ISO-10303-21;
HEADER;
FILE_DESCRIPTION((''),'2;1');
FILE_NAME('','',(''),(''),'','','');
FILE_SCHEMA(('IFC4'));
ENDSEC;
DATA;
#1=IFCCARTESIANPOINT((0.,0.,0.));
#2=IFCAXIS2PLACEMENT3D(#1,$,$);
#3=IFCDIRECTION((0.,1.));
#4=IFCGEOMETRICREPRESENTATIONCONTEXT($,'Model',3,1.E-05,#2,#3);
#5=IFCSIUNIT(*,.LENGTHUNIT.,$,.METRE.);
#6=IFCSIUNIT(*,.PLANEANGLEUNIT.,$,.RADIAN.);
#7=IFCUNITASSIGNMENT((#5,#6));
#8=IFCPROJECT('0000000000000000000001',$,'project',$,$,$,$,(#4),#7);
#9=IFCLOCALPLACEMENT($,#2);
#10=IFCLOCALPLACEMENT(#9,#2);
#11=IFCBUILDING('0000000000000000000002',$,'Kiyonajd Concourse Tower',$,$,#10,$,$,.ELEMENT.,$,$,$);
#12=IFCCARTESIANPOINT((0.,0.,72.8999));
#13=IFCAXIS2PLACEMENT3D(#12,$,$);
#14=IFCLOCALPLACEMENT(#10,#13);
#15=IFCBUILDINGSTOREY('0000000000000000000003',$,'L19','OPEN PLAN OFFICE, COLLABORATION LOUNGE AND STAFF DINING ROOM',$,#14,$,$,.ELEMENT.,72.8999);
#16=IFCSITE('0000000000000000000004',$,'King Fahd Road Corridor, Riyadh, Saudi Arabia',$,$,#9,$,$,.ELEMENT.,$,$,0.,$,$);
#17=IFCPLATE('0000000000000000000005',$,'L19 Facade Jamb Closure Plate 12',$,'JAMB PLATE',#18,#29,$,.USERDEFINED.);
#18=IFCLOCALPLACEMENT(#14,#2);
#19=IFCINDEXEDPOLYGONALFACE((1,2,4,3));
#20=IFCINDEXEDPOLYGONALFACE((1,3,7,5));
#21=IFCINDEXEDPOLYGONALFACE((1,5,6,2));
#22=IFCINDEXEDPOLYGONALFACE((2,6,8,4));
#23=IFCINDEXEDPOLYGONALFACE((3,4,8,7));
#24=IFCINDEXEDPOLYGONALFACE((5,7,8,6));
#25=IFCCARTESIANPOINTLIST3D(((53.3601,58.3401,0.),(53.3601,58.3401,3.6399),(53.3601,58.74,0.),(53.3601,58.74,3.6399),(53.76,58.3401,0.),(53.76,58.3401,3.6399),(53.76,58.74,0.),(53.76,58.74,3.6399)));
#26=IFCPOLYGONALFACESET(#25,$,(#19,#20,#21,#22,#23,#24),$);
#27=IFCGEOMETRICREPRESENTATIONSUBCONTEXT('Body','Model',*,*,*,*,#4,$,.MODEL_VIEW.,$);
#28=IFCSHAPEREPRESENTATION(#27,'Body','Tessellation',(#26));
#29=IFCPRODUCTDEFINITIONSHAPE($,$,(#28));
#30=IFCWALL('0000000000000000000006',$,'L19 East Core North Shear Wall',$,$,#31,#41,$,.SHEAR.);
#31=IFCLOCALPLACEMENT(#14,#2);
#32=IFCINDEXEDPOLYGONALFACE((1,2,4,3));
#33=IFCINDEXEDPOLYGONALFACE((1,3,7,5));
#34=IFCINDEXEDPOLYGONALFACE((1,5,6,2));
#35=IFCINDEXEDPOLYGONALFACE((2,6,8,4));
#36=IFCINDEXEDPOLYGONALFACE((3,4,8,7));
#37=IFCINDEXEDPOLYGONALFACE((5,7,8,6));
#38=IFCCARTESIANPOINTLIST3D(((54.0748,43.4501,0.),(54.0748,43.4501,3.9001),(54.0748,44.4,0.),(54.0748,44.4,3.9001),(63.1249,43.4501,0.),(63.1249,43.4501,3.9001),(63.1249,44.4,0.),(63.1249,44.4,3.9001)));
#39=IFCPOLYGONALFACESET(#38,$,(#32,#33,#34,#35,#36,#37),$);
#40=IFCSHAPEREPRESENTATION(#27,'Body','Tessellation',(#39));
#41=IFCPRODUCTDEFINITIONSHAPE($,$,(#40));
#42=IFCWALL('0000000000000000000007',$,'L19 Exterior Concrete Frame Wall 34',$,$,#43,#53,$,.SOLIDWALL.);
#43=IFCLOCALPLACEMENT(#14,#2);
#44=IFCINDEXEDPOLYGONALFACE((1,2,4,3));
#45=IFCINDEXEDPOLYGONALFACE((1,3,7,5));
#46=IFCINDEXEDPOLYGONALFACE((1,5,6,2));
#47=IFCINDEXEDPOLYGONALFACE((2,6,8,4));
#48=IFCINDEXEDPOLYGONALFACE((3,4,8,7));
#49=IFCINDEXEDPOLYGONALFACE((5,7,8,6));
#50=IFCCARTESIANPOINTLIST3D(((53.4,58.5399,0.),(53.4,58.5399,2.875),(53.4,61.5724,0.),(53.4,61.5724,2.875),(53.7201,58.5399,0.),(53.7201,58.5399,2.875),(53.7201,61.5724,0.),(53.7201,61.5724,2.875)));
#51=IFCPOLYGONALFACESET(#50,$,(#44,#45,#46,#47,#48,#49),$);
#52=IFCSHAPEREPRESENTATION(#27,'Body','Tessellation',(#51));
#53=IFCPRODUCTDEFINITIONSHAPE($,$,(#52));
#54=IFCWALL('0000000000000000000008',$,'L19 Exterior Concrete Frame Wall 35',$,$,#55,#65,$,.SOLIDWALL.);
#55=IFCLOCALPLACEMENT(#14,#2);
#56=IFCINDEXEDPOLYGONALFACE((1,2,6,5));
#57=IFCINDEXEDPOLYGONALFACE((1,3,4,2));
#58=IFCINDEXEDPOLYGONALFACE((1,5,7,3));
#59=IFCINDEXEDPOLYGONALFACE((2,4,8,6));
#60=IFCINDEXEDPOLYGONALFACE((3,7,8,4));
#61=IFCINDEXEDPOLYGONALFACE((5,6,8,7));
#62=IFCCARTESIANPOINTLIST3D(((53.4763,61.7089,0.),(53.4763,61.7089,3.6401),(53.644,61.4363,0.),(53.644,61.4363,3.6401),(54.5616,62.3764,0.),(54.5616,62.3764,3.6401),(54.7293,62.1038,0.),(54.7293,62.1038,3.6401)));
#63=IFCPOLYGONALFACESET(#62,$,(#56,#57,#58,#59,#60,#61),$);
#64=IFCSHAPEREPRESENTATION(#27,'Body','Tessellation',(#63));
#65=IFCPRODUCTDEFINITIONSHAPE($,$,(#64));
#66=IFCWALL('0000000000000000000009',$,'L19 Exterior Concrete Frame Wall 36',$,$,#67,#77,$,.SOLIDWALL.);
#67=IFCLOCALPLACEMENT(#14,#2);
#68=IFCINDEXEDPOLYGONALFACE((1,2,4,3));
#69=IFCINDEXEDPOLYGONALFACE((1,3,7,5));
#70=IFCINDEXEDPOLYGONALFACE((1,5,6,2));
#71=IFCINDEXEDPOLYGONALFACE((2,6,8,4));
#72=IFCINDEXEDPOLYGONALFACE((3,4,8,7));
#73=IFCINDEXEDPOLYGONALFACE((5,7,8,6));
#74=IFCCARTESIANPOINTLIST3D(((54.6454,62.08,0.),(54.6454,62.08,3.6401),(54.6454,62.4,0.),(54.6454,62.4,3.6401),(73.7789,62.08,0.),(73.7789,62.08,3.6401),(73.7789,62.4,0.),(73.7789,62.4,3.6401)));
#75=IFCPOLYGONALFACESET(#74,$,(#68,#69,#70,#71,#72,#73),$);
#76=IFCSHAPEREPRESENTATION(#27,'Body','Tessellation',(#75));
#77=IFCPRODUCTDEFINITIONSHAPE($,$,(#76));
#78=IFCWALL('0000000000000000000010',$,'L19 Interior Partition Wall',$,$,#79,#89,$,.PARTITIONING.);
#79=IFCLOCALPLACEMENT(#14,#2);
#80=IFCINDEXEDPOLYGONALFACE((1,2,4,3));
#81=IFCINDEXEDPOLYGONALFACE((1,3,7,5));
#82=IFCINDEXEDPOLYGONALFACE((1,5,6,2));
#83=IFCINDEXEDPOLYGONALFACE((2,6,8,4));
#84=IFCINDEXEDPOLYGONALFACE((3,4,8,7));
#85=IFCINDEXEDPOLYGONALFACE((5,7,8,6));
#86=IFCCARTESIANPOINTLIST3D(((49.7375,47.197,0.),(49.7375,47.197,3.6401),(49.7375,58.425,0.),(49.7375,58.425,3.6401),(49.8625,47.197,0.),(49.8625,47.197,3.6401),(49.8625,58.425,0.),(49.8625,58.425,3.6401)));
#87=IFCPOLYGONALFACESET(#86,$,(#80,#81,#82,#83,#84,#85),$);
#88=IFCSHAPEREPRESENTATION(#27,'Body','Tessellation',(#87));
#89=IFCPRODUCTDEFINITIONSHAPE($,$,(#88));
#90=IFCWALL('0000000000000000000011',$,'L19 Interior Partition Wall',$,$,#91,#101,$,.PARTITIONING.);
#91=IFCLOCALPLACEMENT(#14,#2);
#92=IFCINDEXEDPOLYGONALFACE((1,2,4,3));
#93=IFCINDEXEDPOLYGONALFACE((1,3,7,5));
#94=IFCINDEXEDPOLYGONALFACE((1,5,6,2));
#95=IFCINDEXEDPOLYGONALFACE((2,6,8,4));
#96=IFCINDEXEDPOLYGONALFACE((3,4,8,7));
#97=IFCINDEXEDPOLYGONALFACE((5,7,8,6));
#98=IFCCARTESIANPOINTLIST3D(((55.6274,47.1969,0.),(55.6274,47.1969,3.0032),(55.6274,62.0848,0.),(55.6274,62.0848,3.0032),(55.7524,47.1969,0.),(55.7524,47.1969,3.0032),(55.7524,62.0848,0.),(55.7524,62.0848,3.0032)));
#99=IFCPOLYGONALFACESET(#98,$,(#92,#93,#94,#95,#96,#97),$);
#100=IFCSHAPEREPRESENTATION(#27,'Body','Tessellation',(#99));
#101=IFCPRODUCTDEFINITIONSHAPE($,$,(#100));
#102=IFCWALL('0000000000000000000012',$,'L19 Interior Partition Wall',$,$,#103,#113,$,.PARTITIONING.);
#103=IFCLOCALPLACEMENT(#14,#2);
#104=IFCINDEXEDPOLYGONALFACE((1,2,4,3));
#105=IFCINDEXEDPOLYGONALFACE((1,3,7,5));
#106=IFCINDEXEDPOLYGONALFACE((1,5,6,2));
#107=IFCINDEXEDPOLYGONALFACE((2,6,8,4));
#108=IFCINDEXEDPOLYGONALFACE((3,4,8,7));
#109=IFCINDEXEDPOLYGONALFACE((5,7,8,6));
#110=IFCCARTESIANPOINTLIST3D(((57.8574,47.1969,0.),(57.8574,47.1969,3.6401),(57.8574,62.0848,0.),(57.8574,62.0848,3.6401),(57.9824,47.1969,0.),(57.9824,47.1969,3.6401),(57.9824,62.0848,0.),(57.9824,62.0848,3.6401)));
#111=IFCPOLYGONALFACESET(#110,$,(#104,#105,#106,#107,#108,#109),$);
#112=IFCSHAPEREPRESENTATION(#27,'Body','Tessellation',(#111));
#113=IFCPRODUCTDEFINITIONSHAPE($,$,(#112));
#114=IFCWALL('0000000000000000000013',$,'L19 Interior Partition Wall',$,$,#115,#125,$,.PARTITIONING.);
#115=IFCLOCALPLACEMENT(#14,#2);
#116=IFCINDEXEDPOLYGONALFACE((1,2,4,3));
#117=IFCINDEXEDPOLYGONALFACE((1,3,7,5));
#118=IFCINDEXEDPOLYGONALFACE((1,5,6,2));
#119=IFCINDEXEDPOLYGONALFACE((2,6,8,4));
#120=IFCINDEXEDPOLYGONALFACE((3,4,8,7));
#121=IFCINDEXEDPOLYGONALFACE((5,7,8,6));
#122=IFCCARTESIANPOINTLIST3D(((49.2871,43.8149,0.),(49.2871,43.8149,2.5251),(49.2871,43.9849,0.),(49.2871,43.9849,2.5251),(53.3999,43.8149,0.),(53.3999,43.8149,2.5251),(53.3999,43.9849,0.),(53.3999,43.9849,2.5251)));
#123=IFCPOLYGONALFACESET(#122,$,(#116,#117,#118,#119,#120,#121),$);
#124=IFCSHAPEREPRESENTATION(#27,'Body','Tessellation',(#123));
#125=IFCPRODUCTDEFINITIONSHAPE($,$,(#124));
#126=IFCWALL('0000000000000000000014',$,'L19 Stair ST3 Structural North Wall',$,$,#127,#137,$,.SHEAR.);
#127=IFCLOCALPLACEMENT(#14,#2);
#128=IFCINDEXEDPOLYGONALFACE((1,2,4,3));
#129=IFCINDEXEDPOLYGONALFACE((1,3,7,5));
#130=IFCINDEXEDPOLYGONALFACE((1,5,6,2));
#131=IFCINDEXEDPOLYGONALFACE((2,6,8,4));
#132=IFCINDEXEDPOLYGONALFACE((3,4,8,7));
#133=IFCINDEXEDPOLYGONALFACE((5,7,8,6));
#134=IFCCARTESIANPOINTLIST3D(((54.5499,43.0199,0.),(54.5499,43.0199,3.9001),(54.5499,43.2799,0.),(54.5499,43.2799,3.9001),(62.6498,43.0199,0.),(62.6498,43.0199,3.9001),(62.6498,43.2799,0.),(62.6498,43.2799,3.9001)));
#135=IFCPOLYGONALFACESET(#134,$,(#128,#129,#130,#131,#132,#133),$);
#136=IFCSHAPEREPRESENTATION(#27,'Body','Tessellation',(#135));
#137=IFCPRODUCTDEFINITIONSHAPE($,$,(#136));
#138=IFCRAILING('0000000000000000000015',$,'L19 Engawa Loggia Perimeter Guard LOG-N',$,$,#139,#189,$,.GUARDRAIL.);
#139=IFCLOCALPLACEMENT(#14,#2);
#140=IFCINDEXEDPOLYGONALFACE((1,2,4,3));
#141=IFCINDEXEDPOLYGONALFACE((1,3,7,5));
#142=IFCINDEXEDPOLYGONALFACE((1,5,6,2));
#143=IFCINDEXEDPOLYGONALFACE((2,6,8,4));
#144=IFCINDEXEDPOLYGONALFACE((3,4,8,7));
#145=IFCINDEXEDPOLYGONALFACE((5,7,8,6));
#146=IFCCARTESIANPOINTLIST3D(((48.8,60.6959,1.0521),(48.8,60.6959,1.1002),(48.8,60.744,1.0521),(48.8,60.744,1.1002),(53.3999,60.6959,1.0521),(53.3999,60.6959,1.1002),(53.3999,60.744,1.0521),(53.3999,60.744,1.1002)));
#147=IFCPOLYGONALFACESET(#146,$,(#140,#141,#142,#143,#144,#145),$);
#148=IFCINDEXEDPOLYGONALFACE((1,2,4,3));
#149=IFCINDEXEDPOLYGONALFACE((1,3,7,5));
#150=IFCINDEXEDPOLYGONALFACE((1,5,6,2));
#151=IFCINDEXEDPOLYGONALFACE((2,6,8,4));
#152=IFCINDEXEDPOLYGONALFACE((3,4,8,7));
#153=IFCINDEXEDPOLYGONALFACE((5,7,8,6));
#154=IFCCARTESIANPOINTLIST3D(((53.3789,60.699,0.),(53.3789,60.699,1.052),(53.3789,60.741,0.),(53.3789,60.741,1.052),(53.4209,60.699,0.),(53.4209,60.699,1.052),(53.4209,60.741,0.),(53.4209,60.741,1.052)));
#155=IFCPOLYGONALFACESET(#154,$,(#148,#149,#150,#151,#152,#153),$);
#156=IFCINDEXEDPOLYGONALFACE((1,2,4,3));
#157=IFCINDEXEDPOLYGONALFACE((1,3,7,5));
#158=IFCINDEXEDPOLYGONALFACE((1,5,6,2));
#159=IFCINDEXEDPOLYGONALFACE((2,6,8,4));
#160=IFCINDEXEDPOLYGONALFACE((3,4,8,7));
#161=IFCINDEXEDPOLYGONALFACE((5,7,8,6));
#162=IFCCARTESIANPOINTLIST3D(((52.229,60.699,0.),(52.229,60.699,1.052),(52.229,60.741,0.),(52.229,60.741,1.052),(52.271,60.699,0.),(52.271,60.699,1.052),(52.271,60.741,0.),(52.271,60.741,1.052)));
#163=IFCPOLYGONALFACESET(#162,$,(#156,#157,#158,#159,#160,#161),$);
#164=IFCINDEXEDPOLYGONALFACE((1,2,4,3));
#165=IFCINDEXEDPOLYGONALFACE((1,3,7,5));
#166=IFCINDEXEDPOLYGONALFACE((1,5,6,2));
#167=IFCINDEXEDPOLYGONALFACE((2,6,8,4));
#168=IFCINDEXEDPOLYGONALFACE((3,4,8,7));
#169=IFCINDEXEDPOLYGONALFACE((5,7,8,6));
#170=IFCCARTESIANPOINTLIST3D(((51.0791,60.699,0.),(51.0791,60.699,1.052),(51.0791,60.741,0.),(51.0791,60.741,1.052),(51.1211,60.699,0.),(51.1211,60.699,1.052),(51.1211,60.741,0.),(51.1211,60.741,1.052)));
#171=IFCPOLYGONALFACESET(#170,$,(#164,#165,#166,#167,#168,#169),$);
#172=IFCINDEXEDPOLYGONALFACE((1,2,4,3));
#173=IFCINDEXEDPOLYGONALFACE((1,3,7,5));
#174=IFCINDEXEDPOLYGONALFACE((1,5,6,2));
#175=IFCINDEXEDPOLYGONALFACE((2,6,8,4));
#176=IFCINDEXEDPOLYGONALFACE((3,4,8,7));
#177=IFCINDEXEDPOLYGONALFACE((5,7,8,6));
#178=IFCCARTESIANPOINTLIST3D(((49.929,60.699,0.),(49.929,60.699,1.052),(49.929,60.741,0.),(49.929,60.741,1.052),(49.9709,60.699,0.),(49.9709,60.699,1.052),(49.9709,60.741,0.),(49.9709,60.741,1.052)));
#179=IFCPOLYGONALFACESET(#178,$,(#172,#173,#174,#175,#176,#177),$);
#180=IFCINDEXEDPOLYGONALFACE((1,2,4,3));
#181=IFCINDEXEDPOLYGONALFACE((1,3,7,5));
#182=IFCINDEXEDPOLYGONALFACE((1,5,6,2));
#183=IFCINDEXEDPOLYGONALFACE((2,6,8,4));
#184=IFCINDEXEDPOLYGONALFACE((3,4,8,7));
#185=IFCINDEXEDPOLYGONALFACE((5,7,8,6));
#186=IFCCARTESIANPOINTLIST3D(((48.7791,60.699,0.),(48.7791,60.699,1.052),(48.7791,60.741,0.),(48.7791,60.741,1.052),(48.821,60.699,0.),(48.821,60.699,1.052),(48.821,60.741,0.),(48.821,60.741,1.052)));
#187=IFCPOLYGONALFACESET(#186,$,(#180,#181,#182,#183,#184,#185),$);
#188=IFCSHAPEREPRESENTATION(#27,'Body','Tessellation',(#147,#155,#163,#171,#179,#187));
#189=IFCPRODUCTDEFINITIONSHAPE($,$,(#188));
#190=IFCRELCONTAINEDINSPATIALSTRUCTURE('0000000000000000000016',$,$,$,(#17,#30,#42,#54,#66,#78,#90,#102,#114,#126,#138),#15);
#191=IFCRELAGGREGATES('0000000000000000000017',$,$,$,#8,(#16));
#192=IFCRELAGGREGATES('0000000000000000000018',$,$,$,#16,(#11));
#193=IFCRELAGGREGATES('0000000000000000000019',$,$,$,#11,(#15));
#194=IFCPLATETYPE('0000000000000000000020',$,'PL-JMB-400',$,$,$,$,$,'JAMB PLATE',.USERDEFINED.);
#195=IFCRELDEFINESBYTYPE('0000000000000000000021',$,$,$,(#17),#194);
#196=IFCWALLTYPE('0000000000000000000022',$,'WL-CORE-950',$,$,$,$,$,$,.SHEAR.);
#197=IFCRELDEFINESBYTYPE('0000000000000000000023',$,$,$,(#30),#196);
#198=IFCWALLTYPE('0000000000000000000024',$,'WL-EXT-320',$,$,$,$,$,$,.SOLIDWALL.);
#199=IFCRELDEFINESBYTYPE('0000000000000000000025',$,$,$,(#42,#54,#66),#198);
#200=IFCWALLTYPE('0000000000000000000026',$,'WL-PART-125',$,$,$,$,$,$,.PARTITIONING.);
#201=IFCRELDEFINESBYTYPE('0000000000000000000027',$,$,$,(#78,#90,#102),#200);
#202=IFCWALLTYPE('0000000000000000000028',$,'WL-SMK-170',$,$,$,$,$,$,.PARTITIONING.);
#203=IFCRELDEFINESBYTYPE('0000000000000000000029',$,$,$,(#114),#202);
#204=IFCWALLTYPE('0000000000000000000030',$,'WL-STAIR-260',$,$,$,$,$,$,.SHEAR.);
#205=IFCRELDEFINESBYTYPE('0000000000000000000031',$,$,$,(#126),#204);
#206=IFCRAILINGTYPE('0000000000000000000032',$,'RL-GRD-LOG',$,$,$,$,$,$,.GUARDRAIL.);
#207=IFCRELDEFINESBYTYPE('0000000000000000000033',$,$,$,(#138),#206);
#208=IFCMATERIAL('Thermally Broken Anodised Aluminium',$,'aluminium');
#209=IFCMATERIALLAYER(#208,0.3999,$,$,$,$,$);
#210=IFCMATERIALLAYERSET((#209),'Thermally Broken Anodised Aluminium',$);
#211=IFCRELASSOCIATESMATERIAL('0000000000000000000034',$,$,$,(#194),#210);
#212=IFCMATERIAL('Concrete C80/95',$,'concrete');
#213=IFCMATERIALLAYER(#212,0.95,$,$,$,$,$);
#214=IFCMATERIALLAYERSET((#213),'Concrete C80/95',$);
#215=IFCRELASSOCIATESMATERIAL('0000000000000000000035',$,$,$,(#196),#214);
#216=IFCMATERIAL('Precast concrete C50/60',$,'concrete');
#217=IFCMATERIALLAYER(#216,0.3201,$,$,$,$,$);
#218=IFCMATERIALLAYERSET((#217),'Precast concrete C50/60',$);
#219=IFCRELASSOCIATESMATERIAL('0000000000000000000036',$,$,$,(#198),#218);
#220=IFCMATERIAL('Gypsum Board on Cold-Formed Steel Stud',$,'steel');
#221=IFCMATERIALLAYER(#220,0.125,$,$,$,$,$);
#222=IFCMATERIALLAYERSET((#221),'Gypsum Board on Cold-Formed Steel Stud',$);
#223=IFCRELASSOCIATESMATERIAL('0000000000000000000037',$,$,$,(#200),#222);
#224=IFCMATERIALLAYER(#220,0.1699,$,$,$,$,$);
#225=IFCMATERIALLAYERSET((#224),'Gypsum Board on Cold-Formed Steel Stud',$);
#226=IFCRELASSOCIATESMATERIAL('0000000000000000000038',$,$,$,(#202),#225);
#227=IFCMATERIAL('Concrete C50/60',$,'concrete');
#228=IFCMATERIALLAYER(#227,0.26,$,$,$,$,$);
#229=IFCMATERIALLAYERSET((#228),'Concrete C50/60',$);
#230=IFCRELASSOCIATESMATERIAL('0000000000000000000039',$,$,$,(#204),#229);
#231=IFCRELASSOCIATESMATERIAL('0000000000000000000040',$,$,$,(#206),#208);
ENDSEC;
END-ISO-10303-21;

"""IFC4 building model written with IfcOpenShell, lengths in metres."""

from ifc_helpers import new_model, si_unit, direction, frame, frame_2d, origin, origin_2d, place, context, subcontext, project, spatial, rectangle, extrude, material, layer, layer_set, type_object, element, save


model = new_model("IFC4")

# Units and contexts
model_context = context("Model", 3, precision=1e-05, world=origin(), true_north=direction((0.0, 1.0)))
body_context = subcontext(model_context, "Body", "Model", "MODEL_VIEW")
ifc_project = project(units=[si_unit("LENGTHUNIT", "METRE"), si_unit("PLANEANGLEUNIT", "RADIAN")], contexts=[model_context])

# Site, building, storey
site_placement = place(None, origin())
site = spatial("IfcSite", under=ifc_project, at=site_placement, Name="King Fahd Road Corridor, Riyadh, Saudi Arabia", CompositionType="ELEMENT", RefElevation=0.0)
building_placement = place(site_placement, origin())
building = spatial("IfcBuilding", under=site, at=building_placement, Name="Kiyonajd Concourse Tower", CompositionType="ELEMENT")
storey_placement = place(building_placement, frame((0.0, 0.0, 72.8999)))
storey = spatial("IfcBuildingStorey", under=building, at=storey_placement, Name="L19", Description="OPEN PLAN OFFICE, COLLABORATION LOUNGE AND STAFF DINING ROOM", CompositionType="ELEMENT", Elevation=72.8999)

# Shared definitions
ifc_material_1 = material(Name="Concrete C80/95", Category="concrete")

# Shared definitions
ifc_material_2 = material(Name="Precast concrete C50/60", Category="concrete")

# Plate
ifc_material_3 = material(Name="Thermally Broken Anodised Aluminium", Category="aluminium")
ifc_layer_1 = layer(ifc_material_3, 0.3999)
ifc_layer_set_1 = layer_set([ifc_layer_1], Name="Thermally Broken Anodised Aluminium")
plate_type_1 = type_object("IfcPlateType", Name="PL-JMB-400", ElementType="JAMB PLATE", PredefinedType="USERDEFINED", material=ifc_layer_set_1)
plate_1_placement = place(storey_placement, frame((53.5601, 58.54, 0.0), z_axis=(0.0, 0.0, 1.0), x_axis=(1.0, 0.0, 0.0)))
element("IfcPlate", 1, at=plate_1_placement, inside=storey, type_object=plate_type_1, Name="L19 Facade Jamb Closure Plate 12", ObjectType="JAMB PLATE", PredefinedType="USERDEFINED", context=body_context, shape_type="SweptSolid", body=[
    extrude(rectangle(XDim=0.3999, YDim=0.3999, at=origin_2d()), origin(), (0.0, 0.0, 1.0), 3.6399),
])

# Walls
ifc_layer_2 = layer(ifc_material_1, 0.95)
ifc_layer_set_2 = layer_set([ifc_layer_2], Name="Concrete C80/95")
wall_type_1 = type_object("IfcWallType", Name="WL-CORE-950", PredefinedType="SHEAR", material=ifc_layer_set_2)
wall_1_placement = place(storey_placement, frame((54.075, 43.925, 0.0), z_axis=(0.0, 0.0, 1.0), x_axis=(1.0, 0.0, 0.0)))
element("IfcWall", 2, at=wall_1_placement, inside=storey, type_object=wall_type_1, Name="L19 East Core North Shear Wall", PredefinedType="SHEAR", context=body_context, shape_type="SweptSolid", body=[
    extrude(rectangle(XDim=9.05, YDim=0.95, at=frame_2d((4.5249, 0.0))), origin(), (0.0, 0.0, 1.0), 3.9001),
])
ifc_layer_3 = layer(ifc_material_2, 0.3201)
ifc_layer_set_3 = layer_set([ifc_layer_3], Name="Precast concrete C50/60")
wall_type_2 = type_object("IfcWallType", Name="WL-EXT-320", PredefinedType="SOLIDWALL", material=ifc_layer_set_3)
wall_2_placement = place(storey_placement, frame((53.5601, 58.54, 0.0), z_axis=(0.0, 0.0, 1.0), x_axis=(0.0, 1.0, 0.0)))
element("IfcWall", 3, at=wall_2_placement, inside=storey, type_object=wall_type_2, Name="L19 Exterior Concrete Frame Wall 34", PredefinedType="SOLIDWALL", context=body_context, shape_type="SweptSolid", body=[
    extrude(rectangle(XDim=3.0325, YDim=0.3201, at=frame_2d((1.5161, 0.0))), origin(), (0.0, 0.0, 1.0), 2.875),
])
wall_3_placement = place(storey_placement, frame((53.5601, 61.5725, 0.0), z_axis=(0.0, 0.0, 1.0), x_axis=(0.851777, 0.523905, 0.0)))
element("IfcWall", 4, at=wall_3_placement, inside=storey, type_object=wall_type_2, Name="L19 Exterior Concrete Frame Wall 35", PredefinedType="SOLIDWALL", context=body_context, shape_type="SweptSolid", body=[
    extrude(rectangle(XDim=1.2742, YDim=0.3201, at=frame_2d((0.6372, 0.0))), origin(), (0.0, 0.0, 1.0), 3.6401),
])
wall_4_placement = place(storey_placement, frame((54.6453, 62.24, 0.0), z_axis=(0.0, 0.0, 1.0), x_axis=(1.0, 0.0, 0.0)))
element("IfcWall", 5, at=wall_4_placement, inside=storey, type_object=wall_type_2, Name="L19 Exterior Concrete Frame Wall 36", PredefinedType="SOLIDWALL", context=body_context, shape_type="SweptSolid", body=[
    extrude(rectangle(XDim=19.1335, YDim=0.3201, at=frame_2d((9.5669, 0.0))), origin(), (0.0, 0.0, 1.0), 3.6401),
])
ifc_material_4 = material(Name="Gypsum Board on Cold-Formed Steel Stud", Category="steel")
ifc_layer_4 = layer(ifc_material_4, 0.125)
ifc_layer_set_4 = layer_set([ifc_layer_4], Name="Gypsum Board on Cold-Formed Steel Stud")
wall_type_3 = type_object("IfcWallType", Name="WL-PART-125", PredefinedType="PARTITIONING", material=ifc_layer_set_4)
wall_5_placement = place(storey_placement, frame((49.8, 47.197, 0.0), z_axis=(0.0, 0.0, 1.0), x_axis=(0.0, 1.0, 0.0)))
element("IfcWall", 6, at=wall_5_placement, inside=storey, type_object=wall_type_3, Name="L19 Interior Partition Wall", PredefinedType="PARTITIONING", context=body_context, shape_type="SweptSolid", body=[
    extrude(rectangle(XDim=11.228, YDim=0.125, at=frame_2d((5.614, 0.0))), origin(), (0.0, 0.0, 1.0), 3.6401),
])
wall_6_placement = place(storey_placement, frame((55.6899, 47.197, 0.0), z_axis=(0.0, 0.0, 1.0), x_axis=(0.0, 1.0, 0.0)))
element("IfcWall", 7, at=wall_6_placement, inside=storey, type_object=wall_type_3, Name="L19 Interior Partition Wall", PredefinedType="PARTITIONING", context=body_context, shape_type="SweptSolid", body=[
    extrude(rectangle(XDim=14.8879, YDim=0.125, at=frame_2d((7.4438, 0.0))), origin(), (0.0, 0.0, 1.0), 3.0032),
])
wall_7_placement = place(storey_placement, frame((57.9199, 47.197, 0.0), z_axis=(0.0, 0.0, 1.0), x_axis=(0.0, 1.0, 0.0)))
element("IfcWall", 8, at=wall_7_placement, inside=storey, type_object=wall_type_3, Name="L19 Interior Partition Wall", PredefinedType="PARTITIONING", context=body_context, shape_type="SweptSolid", body=[
    extrude(rectangle(XDim=14.8879, YDim=0.125, at=frame_2d((7.4438, 0.0))), origin(), (0.0, 0.0, 1.0), 3.6401),
])
ifc_layer_5 = layer(ifc_material_4, 0.1699)
ifc_layer_set_5 = layer_set([ifc_layer_5], Name="Gypsum Board on Cold-Formed Steel Stud")
wall_type_4 = type_object("IfcWallType", Name="WL-SMK-170", PredefinedType="PARTITIONING", material=ifc_layer_set_5)
wall_8_placement = place(storey_placement, frame((49.2871, 43.8999, 0.0), z_axis=(0.0, 0.0, 1.0), x_axis=(1.0, 0.0, 0.0)))
element("IfcWall", 9, at=wall_8_placement, inside=storey, type_object=wall_type_4, Name="L19 Interior Partition Wall", PredefinedType="PARTITIONING", context=body_context, shape_type="SweptSolid", body=[
    extrude(rectangle(XDim=4.1128, YDim=0.1699, at=frame_2d((2.0564, 0.0))), origin(), (0.0, 0.0, 1.0), 2.5251),
])
ifc_material_5 = material(Name="Concrete C50/60", Category="concrete")
ifc_layer_6 = layer(ifc_material_5, 0.26)
ifc_layer_set_6 = layer_set([ifc_layer_6], Name="Concrete C50/60")
wall_type_5 = type_object("IfcWallType", Name="WL-STAIR-260", PredefinedType="SHEAR", material=ifc_layer_set_6)
wall_9_placement = place(storey_placement, frame((54.55, 43.1499, 0.0), z_axis=(0.0, 0.0, 1.0), x_axis=(1.0, 0.0, 0.0)))
element("IfcWall", 10, at=wall_9_placement, inside=storey, type_object=wall_type_5, Name="L19 Stair ST3 Structural North Wall", PredefinedType="SHEAR", context=body_context, shape_type="SweptSolid", body=[
    extrude(rectangle(XDim=8.0999, YDim=0.26, at=frame_2d((4.0498, 0.0))), origin(), (0.0, 0.0, 1.0), 3.9001),
])

# Railing
railing_type_1 = type_object("IfcRailingType", Name="RL-GRD-LOG", PredefinedType="GUARDRAIL", material=ifc_material_3)
railing_1_placement = place(storey_placement, frame((53.3999, 60.72, 0.0)))
element("IfcRailing", 11, at=railing_1_placement, inside=storey, type_object=railing_type_1, Name="L19 Engawa Loggia Perimeter Guard LOG-N", PredefinedType="GUARDRAIL", context=body_context, shape_type="SweptSolid", body=[
    extrude(rectangle(XDim=0.0481, YDim=0.0481, at=origin_2d()), frame((0.0, 0.0, 1.0762), z_axis=(-1.0, 0.0, 0.0), x_axis=(0.0, -1.0, 0.0)), (0.0, 0.0, 1.0), 4.5999),
    extrude(rectangle(XDim=0.042, YDim=0.042, at=origin_2d()), origin(), (0.0, 0.0, 1.0), 1.052),
    extrude(rectangle(XDim=0.042, YDim=0.042, at=origin_2d()), frame((-1.1499, 0.0, 0.0)), (0.0, 0.0, 1.0), 1.052),
    extrude(rectangle(XDim=0.042, YDim=0.042, at=origin_2d()), frame((-2.2998, 0.0, 0.0)), (0.0, 0.0, 1.0), 1.052),
    extrude(rectangle(XDim=0.042, YDim=0.042, at=origin_2d()), frame((-3.45, 0.0, 0.0)), (0.0, 0.0, 1.0), 1.052),
    extrude(rectangle(XDim=0.042, YDim=0.042, at=origin_2d()), frame((-4.5999, 0.0, 0.0)), (0.0, 0.0, 1.0), 1.052),
])

save(model, "model.ifc")
